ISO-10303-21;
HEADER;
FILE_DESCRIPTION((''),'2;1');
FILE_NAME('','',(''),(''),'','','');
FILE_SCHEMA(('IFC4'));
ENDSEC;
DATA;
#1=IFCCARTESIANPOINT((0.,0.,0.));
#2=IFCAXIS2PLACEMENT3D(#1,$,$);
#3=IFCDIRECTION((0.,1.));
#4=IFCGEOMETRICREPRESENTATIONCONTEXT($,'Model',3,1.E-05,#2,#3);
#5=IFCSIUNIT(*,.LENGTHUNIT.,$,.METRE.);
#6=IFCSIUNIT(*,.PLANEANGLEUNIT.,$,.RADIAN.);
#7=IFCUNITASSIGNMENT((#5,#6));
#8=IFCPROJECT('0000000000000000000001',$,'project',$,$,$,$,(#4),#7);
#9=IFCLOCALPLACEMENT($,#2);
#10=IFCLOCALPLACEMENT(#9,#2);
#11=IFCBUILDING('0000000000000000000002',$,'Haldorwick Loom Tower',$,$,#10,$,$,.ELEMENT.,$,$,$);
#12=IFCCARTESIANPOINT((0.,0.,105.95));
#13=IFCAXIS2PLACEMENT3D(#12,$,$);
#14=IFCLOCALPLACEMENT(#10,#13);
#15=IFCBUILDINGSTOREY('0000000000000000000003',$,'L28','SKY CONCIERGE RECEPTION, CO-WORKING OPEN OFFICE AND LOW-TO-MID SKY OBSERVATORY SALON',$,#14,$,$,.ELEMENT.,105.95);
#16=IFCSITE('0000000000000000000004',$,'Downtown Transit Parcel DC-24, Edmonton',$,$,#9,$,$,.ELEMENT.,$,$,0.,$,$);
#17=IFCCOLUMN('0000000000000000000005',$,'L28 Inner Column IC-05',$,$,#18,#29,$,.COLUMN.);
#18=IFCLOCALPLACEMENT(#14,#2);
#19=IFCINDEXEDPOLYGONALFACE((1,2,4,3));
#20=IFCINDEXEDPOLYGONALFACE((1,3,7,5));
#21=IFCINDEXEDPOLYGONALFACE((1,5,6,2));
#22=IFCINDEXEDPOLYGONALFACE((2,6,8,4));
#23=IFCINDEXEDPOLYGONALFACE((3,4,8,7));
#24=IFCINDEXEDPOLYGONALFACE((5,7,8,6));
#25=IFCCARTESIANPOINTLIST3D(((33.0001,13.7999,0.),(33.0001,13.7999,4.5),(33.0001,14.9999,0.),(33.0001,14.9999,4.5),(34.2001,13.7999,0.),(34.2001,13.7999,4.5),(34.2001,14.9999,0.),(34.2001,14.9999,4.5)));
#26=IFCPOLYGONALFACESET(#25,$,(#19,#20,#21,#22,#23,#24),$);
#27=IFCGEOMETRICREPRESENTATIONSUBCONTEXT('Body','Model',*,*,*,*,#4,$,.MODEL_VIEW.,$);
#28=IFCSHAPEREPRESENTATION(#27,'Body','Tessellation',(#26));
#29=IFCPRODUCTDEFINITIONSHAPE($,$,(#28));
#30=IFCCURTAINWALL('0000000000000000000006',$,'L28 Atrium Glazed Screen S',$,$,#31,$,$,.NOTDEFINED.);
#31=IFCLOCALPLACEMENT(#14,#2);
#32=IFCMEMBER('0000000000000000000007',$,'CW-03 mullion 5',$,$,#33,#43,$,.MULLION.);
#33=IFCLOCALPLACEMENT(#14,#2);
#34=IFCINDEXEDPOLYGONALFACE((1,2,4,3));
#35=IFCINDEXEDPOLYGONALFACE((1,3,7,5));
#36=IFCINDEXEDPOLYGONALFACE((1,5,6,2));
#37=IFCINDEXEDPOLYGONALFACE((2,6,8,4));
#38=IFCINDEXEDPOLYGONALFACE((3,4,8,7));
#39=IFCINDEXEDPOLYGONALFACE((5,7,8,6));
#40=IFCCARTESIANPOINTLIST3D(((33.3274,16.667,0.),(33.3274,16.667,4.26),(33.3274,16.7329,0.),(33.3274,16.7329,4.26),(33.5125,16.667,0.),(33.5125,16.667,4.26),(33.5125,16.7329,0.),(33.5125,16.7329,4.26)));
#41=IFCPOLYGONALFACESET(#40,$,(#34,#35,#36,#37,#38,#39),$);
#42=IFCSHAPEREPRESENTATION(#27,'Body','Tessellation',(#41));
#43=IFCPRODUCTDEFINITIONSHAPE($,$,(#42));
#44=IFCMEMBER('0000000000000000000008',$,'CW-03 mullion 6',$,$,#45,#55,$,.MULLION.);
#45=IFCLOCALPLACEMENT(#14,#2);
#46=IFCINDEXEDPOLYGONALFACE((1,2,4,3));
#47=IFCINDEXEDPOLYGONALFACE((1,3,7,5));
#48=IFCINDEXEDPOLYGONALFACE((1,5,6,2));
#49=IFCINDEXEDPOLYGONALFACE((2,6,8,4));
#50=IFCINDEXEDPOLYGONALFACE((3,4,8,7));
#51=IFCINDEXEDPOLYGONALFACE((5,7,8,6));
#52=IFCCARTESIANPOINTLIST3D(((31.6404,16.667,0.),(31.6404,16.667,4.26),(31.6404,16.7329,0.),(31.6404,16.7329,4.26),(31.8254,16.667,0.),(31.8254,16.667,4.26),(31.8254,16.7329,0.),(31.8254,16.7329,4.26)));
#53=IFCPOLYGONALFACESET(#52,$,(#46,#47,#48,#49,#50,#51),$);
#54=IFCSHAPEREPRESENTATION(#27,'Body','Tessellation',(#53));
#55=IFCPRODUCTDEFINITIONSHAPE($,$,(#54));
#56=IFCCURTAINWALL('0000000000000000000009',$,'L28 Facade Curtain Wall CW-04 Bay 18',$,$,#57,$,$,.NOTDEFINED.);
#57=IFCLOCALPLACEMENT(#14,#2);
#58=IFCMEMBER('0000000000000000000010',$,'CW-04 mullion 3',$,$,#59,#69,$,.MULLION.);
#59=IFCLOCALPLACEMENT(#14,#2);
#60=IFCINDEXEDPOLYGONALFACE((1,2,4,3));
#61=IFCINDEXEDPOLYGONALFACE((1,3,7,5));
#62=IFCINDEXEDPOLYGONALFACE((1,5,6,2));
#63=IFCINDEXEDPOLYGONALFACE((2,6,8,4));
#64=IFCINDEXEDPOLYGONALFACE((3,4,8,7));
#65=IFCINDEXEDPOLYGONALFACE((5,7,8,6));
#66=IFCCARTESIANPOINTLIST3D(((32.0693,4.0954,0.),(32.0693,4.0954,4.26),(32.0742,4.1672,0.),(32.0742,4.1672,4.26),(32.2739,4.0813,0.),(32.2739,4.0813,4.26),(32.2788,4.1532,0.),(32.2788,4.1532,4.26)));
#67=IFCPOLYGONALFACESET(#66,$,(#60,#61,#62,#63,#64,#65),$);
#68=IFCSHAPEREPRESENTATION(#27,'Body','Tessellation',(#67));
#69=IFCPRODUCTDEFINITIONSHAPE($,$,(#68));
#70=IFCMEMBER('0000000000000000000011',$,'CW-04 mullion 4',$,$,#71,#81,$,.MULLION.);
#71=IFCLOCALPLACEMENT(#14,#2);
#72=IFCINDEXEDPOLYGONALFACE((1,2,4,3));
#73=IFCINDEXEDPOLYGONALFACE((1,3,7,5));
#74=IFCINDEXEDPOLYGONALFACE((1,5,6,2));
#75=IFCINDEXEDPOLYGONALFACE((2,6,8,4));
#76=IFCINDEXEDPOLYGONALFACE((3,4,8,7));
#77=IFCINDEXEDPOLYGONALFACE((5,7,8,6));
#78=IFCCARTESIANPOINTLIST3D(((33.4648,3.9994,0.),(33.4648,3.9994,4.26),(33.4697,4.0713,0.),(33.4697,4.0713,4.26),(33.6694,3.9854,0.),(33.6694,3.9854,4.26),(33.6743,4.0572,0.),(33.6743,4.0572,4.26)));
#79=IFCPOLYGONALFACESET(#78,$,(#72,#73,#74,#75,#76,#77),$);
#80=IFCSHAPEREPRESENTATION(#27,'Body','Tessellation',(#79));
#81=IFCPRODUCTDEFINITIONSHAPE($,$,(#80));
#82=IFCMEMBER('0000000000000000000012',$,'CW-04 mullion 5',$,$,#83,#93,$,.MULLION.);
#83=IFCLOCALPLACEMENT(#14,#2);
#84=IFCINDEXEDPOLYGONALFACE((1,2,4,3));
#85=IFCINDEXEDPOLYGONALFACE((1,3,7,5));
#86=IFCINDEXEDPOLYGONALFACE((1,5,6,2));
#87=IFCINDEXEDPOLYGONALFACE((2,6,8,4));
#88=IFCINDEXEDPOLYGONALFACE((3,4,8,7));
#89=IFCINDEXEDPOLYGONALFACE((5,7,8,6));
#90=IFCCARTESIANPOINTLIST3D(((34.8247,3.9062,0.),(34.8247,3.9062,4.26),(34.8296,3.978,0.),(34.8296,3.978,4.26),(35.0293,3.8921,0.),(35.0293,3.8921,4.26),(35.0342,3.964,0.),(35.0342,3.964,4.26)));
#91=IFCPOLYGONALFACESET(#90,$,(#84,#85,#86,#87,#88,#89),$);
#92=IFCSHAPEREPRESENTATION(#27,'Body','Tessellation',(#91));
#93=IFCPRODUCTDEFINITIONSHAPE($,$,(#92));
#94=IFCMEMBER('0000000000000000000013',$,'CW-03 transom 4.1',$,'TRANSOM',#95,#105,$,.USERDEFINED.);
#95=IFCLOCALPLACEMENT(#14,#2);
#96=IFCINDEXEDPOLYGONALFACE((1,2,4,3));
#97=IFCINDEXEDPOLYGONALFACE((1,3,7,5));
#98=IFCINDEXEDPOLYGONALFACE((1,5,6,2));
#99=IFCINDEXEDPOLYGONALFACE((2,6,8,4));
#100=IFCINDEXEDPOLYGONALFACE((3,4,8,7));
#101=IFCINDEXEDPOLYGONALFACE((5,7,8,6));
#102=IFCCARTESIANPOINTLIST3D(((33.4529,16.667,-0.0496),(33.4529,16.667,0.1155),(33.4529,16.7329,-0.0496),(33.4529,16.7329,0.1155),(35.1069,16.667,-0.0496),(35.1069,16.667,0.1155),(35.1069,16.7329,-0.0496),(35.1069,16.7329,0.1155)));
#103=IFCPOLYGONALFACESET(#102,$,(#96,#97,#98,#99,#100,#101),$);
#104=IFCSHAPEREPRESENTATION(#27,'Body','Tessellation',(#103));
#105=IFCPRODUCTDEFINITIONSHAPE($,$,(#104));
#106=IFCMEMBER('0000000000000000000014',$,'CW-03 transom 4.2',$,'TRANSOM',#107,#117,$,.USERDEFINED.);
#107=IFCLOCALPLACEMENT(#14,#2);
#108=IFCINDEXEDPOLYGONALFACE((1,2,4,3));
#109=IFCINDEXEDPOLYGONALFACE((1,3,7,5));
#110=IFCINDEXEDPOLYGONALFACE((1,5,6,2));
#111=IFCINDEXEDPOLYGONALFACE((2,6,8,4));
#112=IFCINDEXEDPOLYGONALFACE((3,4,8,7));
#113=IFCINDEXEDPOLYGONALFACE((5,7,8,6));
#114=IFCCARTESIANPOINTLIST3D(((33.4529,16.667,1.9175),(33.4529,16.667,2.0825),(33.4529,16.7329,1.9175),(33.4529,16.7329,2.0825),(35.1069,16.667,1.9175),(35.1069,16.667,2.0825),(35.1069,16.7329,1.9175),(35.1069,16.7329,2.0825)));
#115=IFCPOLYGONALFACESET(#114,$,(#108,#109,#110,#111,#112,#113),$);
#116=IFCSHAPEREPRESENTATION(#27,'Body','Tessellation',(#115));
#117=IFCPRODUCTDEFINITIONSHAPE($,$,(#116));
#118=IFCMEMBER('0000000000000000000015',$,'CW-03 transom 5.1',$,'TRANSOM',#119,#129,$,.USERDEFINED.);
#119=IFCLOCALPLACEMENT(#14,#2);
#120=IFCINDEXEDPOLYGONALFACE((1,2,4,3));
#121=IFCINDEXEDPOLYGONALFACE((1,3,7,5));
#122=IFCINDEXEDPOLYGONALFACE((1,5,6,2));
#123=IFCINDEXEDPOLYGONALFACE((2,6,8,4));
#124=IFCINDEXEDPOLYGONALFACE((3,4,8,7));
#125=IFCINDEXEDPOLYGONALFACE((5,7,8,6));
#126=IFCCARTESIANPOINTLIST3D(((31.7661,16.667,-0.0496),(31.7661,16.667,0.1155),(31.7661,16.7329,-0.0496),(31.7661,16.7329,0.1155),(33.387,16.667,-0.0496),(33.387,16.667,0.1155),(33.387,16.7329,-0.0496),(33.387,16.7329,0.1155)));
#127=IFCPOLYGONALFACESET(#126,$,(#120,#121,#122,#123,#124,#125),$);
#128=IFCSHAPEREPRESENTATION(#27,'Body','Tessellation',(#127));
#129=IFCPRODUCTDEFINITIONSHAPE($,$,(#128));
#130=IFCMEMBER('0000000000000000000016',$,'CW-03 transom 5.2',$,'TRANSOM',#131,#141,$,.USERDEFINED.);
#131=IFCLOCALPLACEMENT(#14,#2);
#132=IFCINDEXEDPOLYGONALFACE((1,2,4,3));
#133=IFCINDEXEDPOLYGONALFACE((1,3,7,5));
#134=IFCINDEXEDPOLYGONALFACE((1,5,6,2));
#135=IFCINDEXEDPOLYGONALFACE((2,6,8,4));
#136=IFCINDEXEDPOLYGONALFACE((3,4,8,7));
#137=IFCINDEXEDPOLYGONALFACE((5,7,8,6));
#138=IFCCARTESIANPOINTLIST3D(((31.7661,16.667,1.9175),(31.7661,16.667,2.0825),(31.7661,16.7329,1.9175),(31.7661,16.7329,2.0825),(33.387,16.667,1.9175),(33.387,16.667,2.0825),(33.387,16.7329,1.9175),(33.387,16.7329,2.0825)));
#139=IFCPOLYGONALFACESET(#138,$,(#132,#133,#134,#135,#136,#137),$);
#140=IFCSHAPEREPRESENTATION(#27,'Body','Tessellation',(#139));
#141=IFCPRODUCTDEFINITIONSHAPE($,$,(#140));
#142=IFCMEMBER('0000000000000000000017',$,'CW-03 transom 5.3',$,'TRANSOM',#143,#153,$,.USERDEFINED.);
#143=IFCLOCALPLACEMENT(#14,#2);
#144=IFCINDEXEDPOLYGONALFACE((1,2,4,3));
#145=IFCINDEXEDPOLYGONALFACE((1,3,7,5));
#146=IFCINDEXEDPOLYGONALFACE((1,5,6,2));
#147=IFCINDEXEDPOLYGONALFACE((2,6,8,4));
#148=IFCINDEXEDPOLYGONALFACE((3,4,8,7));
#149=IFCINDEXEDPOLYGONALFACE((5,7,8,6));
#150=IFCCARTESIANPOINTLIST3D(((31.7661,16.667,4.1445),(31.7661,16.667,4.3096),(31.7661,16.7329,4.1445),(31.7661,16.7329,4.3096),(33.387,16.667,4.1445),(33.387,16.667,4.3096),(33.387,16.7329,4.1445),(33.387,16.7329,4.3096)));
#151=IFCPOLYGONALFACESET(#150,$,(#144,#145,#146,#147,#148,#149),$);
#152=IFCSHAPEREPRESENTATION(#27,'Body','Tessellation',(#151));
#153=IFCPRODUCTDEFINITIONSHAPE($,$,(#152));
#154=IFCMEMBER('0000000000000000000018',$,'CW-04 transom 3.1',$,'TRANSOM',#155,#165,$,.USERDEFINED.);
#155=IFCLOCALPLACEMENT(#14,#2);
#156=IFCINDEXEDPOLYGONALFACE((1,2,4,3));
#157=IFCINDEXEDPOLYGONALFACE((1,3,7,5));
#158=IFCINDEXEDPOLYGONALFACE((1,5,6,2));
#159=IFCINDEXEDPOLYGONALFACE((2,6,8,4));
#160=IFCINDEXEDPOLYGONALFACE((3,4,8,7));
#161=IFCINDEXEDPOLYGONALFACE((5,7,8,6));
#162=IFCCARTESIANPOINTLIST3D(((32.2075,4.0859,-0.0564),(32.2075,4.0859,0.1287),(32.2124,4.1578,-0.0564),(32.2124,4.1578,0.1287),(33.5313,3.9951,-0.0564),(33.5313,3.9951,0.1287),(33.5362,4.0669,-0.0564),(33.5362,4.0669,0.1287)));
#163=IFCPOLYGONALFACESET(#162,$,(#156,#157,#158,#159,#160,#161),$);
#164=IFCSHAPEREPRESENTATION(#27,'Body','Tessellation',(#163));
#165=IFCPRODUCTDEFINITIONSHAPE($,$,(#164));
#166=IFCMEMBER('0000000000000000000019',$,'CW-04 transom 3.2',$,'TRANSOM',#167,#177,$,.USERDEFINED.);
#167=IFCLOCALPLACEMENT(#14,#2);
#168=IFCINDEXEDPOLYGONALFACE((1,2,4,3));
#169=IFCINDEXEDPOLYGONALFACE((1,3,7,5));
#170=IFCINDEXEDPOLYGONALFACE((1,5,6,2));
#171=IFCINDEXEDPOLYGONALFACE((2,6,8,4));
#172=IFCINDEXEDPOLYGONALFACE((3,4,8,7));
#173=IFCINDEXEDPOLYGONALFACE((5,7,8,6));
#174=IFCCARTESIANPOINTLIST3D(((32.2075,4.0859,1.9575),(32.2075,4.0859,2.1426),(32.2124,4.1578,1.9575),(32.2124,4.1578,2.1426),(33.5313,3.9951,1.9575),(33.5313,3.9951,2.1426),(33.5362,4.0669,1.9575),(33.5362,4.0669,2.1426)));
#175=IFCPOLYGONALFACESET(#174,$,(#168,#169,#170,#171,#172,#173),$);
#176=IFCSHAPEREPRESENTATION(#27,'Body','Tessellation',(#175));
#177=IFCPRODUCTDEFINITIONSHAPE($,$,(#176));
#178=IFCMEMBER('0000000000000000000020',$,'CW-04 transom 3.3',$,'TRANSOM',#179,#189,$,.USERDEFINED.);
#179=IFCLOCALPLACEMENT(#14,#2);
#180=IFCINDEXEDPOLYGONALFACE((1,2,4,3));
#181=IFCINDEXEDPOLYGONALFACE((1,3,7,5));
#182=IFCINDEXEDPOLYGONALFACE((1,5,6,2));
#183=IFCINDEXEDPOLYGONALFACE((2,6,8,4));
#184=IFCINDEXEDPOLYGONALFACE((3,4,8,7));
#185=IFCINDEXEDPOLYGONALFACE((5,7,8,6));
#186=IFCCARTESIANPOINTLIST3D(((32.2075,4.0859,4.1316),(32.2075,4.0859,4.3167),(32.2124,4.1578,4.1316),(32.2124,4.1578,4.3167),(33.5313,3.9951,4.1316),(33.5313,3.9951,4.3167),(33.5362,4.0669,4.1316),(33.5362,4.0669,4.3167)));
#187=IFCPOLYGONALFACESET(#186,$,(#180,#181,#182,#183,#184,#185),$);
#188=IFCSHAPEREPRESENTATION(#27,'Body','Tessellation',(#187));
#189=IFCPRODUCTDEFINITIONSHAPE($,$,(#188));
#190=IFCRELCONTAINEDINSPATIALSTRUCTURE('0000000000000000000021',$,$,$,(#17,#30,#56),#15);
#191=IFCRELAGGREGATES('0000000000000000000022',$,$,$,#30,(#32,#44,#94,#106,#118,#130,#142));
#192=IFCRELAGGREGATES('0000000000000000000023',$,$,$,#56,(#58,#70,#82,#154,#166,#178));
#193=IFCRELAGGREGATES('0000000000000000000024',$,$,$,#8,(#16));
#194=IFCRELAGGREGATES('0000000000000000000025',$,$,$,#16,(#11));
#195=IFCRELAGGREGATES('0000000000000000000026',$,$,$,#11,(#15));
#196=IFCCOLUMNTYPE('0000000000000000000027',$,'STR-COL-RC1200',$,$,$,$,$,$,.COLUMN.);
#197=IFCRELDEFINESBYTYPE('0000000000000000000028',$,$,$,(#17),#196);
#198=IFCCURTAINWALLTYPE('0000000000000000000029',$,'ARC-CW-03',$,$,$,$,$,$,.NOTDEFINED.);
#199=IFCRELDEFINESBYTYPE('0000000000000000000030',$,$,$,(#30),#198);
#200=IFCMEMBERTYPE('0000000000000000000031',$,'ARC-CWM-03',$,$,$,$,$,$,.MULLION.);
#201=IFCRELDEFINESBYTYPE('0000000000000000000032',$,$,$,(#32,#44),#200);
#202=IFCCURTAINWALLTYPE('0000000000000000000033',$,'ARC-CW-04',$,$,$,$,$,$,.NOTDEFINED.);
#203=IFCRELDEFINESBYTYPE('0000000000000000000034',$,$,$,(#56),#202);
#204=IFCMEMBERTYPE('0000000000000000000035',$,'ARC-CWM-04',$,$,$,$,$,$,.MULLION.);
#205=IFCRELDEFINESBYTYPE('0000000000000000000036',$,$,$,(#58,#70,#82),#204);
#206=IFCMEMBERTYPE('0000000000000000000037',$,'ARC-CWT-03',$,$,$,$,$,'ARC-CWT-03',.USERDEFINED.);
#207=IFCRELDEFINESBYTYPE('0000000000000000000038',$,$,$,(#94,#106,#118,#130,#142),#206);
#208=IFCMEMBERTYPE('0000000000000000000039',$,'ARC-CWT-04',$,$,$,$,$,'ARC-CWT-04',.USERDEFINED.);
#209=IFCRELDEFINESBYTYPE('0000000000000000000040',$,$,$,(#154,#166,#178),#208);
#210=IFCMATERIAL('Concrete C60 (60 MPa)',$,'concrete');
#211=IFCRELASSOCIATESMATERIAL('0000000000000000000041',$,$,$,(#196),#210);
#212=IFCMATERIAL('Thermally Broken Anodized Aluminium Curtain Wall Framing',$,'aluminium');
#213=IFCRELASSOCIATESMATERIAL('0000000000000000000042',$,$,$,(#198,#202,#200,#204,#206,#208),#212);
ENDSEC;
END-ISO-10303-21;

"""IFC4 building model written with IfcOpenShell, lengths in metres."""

from ifc_helpers import new_model, si_unit, direction, frame, origin, origin_2d, place, context, subcontext, project, spatial, rectangle, extrude, material, material_profile, profile_set, type_object, element, aggregate, save


model = new_model("IFC4")

# Units and contexts
model_context = context("Model", 3, precision=1e-05, world=origin(), true_north=direction((0.0, 1.0)))
body_context = subcontext(model_context, "Body", "Model", "MODEL_VIEW")
ifc_project = project(units=[si_unit("LENGTHUNIT", "METRE"), si_unit("PLANEANGLEUNIT", "RADIAN")], contexts=[model_context])

# Site, building, storey
site_placement = place(None, origin())
site = spatial("IfcSite", under=ifc_project, at=site_placement, Name="Downtown Transit Parcel DC-24, Edmonton", CompositionType="ELEMENT", RefElevation=0.0)
building_placement = place(site_placement, origin())
building = spatial("IfcBuilding", under=site, at=building_placement, Name="Haldorwick Loom Tower", CompositionType="ELEMENT")
storey_placement = place(building_placement, frame((0.0, 0.0, 105.95)))
storey = spatial("IfcBuildingStorey", under=building, at=storey_placement, Name="L28", Description="SKY CONCIERGE RECEPTION, CO-WORKING OPEN OFFICE AND LOW-TO-MID SKY OBSERVATORY SALON", CompositionType="ELEMENT", Elevation=105.95)

# Column
ifc_material_1 = material(Name="Concrete C60 (60 MPa)", Category="concrete")
ifc_material_profile_1 = material_profile(ifc_material_1, rectangle(XDim=1.2, YDim=1.2, at=origin_2d()), Name="RC1200X1200", Category="concrete")
ifc_profile_set_1 = profile_set([ifc_material_profile_1], Name="Concrete C60 (60 MPa)")
column_type = type_object("IfcColumnType", Name="STR-COL-RC1200", PredefinedType="COLUMN", material=ifc_profile_set_1)
column_placement = place(storey_placement, frame((33.6001, 14.3999, 0.0), z_axis=(0.0, 0.0, 1.0), x_axis=(1.0, 0.0, 0.0)))
element("IfcColumn", 1, at=column_placement, inside=storey, type_object=column_type, Name="L28 Inner Column IC-05", PredefinedType="COLUMN", context=body_context, shape_type="SweptSolid", body=[
    extrude(rectangle(XDim=1.2, YDim=1.2, at=origin_2d()), origin(), (0.0, 0.0, 1.0), 4.5),
])

# Curtain walls, members
ifc_material_2 = material(Name="Thermally Broken Anodized Aluminium Curtain Wall Framing", Category="aluminium")
curtain_wall_type_1 = type_object("IfcCurtainWallType", Name="ARC-CW-03", PredefinedType="NOTDEFINED", material=ifc_material_2)
curtain_wall_1_placement = place(storey_placement, origin())
curtain_wall_1 = element("IfcCurtainWall", 2, at=curtain_wall_1_placement, inside=storey, type_object=curtain_wall_type_1, Name="L28 Atrium Glazed Screen S", PredefinedType="NOTDEFINED")
ifc_material_profile_2 = material_profile(ifc_material_2, rectangle(XDim=0.0659, YDim=0.1851, at=origin_2d()), Name="ALU_MUL_66X185", Category="aluminium")
ifc_profile_set_2 = profile_set([ifc_material_profile_2], Name="Thermally Broken Anodized Aluminium Curtain Wall Framing")
member_type_1 = type_object("IfcMemberType", Name="ARC-CWM-03", PredefinedType="MULLION", material=ifc_profile_set_2)
member_1_placement = place(storey_placement, frame((33.4199, 16.7, 0.0), z_axis=(0.0, 0.0, 1.0), x_axis=(0.0, -1.0, 0.0)))
member_1 = element("IfcMember", 3, at=member_1_placement, type_object=member_type_1, Name="CW-03 mullion 5", PredefinedType="MULLION", context=body_context, shape_type="SweptSolid", body=[
    extrude(rectangle(XDim=0.0659, YDim=0.1851, at=origin_2d()), origin(), (0.0, 0.0, 1.0), 4.26),
])
member_2_placement = place(storey_placement, frame((31.7329, 16.7, 0.0), z_axis=(0.0, 0.0, 1.0), x_axis=(0.0, -1.0, 0.0)))
member_2 = element("IfcMember", 4, at=member_2_placement, type_object=member_type_1, Name="CW-03 mullion 6", PredefinedType="MULLION", context=body_context, shape_type="SweptSolid", body=[
    extrude(rectangle(XDim=0.0659, YDim=0.1851, at=origin_2d()), origin(), (0.0, 0.0, 1.0), 4.26),
])
curtain_wall_type_2 = type_object("IfcCurtainWallType", Name="ARC-CW-04", PredefinedType="NOTDEFINED", material=ifc_material_2)
curtain_wall_2_placement = place(storey_placement, origin())
curtain_wall_2 = element("IfcCurtainWall", 5, at=curtain_wall_2_placement, inside=storey, type_object=curtain_wall_type_2, Name="L28 Facade Curtain Wall CW-04 Bay 18", PredefinedType="NOTDEFINED")
ifc_material_profile_3 = material_profile(ifc_material_2, rectangle(XDim=0.072, YDim=0.2051, at=origin_2d()), Name="ALU_MUL_72X205", Category="aluminium")
ifc_profile_set_3 = profile_set([ifc_material_profile_3], Name="Thermally Broken Anodized Aluminium Curtain Wall Framing")
member_type_2 = type_object("IfcMemberType", Name="ARC-CWM-04", PredefinedType="MULLION", material=ifc_profile_set_3)
member_3_placement = place(storey_placement, frame((32.1741, 4.1243, 0.0), z_axis=(0.0, 0.0, 1.0), x_axis=(0.068496, 0.997651, 0.0)))
member_3 = element("IfcMember", 6, at=member_3_placement, type_object=member_type_2, Name="CW-04 mullion 3", PredefinedType="MULLION", context=body_context, shape_type="SweptSolid", body=[
    extrude(rectangle(XDim=0.072, YDim=0.2051, at=origin_2d()), origin(), (0.0, 0.0, 1.0), 4.26),
])
member_4_placement = place(storey_placement, frame((33.5696, 4.0283, 0.0), z_axis=(0.0, 0.0, 1.0), x_axis=(0.068496, 0.997651, 0.0)))
member_4 = element("IfcMember", 7, at=member_4_placement, type_object=member_type_2, Name="CW-04 mullion 4", PredefinedType="MULLION", context=body_context, shape_type="SweptSolid", body=[
    extrude(rectangle(XDim=0.072, YDim=0.2051, at=origin_2d()), origin(), (0.0, 0.0, 1.0), 4.26),
])
member_5_placement = place(storey_placement, frame((34.9294, 3.9351, 0.0), z_axis=(0.0, 0.0, 1.0), x_axis=(0.068496, 0.997651, 0.0)))
member_5 = element("IfcMember", 8, at=member_5_placement, type_object=member_type_2, Name="CW-04 mullion 5", PredefinedType="MULLION", context=body_context, shape_type="SweptSolid", body=[
    extrude(rectangle(XDim=0.072, YDim=0.2051, at=origin_2d()), origin(), (0.0, 0.0, 1.0), 4.26),
])

# Members
ifc_material_profile_4 = material_profile(ifc_material_2, rectangle(XDim=0.0659, YDim=0.165, at=origin_2d()), Name="ALU_TRN_66X165", Category="aluminium")
ifc_profile_set_4 = profile_set([ifc_material_profile_4], Name="Thermally Broken Anodized Aluminium Curtain Wall Framing")
member_type_3 = type_object("IfcMemberType", Name="ARC-CWT-03", ElementType="ARC-CWT-03", PredefinedType="USERDEFINED", material=ifc_profile_set_4)
member_6_placement = place(storey_placement, frame((35.1069, 16.7, 0.033), z_axis=(-1.0, 0.0, 0.0), x_axis=(0.0, -1.0, 0.0)))
member_6 = element("IfcMember", 9, at=member_6_placement, type_object=member_type_3, Name="CW-03 transom 4.1", ObjectType="TRANSOM", PredefinedType="USERDEFINED", context=body_context, shape_type="SweptSolid", body=[
    extrude(rectangle(XDim=0.0659, YDim=0.165, at=origin_2d()), origin(), (0.0, 0.0, 1.0), 1.6541),
])
member_7_placement = place(storey_placement, frame((35.1069, 16.7, 2.0), z_axis=(-1.0, 0.0, 0.0), x_axis=(0.0, -1.0, 0.0)))
member_7 = element("IfcMember", 10, at=member_7_placement, type_object=member_type_3, Name="CW-03 transom 4.2", ObjectType="TRANSOM", PredefinedType="USERDEFINED", context=body_context, shape_type="SweptSolid", body=[
    extrude(rectangle(XDim=0.0659, YDim=0.165, at=origin_2d()), origin(), (0.0, 0.0, 1.0), 1.6541),
])
member_8_placement = place(storey_placement, frame((33.387, 16.7, 0.033), z_axis=(-1.0, 0.0, 0.0), x_axis=(0.0, -1.0, 0.0)))
member_8 = element("IfcMember", 11, at=member_8_placement, type_object=member_type_3, Name="CW-03 transom 5.1", ObjectType="TRANSOM", PredefinedType="USERDEFINED", context=body_context, shape_type="SweptSolid", body=[
    extrude(rectangle(XDim=0.0659, YDim=0.165, at=origin_2d()), origin(), (0.0, 0.0, 1.0), 1.6208),
])
member_9_placement = place(storey_placement, frame((33.387, 16.7, 2.0), z_axis=(-1.0, 0.0, 0.0), x_axis=(0.0, -1.0, 0.0)))
member_9 = element("IfcMember", 12, at=member_9_placement, type_object=member_type_3, Name="CW-03 transom 5.2", ObjectType="TRANSOM", PredefinedType="USERDEFINED", context=body_context, shape_type="SweptSolid", body=[
    extrude(rectangle(XDim=0.0659, YDim=0.165, at=origin_2d()), origin(), (0.0, 0.0, 1.0), 1.6208),
])
member_10_placement = place(storey_placement, frame((33.387, 16.7, 4.2271), z_axis=(-1.0, 0.0, 0.0), x_axis=(0.0, -1.0, 0.0)))
member_10 = element("IfcMember", 13, at=member_10_placement, type_object=member_type_3, Name="CW-03 transom 5.3", ObjectType="TRANSOM", PredefinedType="USERDEFINED", context=body_context, shape_type="SweptSolid", body=[
    extrude(rectangle(XDim=0.0659, YDim=0.165, at=origin_2d()), origin(), (0.0, 0.0, 1.0), 1.6208),
])
ifc_material_profile_5 = material_profile(ifc_material_2, rectangle(XDim=0.072, YDim=0.1851, at=origin_2d()), Name="ALU_TRN_72X185", Category="aluminium")
ifc_profile_set_5 = profile_set([ifc_material_profile_5], Name="Thermally Broken Anodized Aluminium Curtain Wall Framing")
member_type_4 = type_object("IfcMemberType", Name="ARC-CWT-04", ElementType="ARC-CWT-04", PredefinedType="USERDEFINED", material=ifc_profile_set_5)
member_11_placement = place(storey_placement, frame((32.21, 4.1218, 0.0361), z_axis=(0.997655, -0.068448, 0.0), x_axis=(0.068448, 0.997655, 0.0)))
member_11 = element("IfcMember", 14, at=member_11_placement, type_object=member_type_4, Name="CW-04 transom 3.1", ObjectType="TRANSOM", PredefinedType="USERDEFINED", context=body_context, shape_type="SweptSolid", body=[
    extrude(rectangle(XDim=0.072, YDim=0.1851, at=origin_2d()), origin(), (0.0, 0.0, 1.0), 1.3269),
])
member_12_placement = place(storey_placement, frame((32.21, 4.1218, 2.05), z_axis=(0.997655, -0.068448, 0.0), x_axis=(0.068448, 0.997655, 0.0)))
member_12 = element("IfcMember", 15, at=member_12_placement, type_object=member_type_4, Name="CW-04 transom 3.2", ObjectType="TRANSOM", PredefinedType="USERDEFINED", context=body_context, shape_type="SweptSolid", body=[
    extrude(rectangle(XDim=0.072, YDim=0.1851, at=origin_2d()), origin(), (0.0, 0.0, 1.0), 1.3269),
])
member_13_placement = place(storey_placement, frame((32.21, 4.1218, 4.2241), z_axis=(0.997655, -0.068448, 0.0), x_axis=(0.068448, 0.997655, 0.0)))
member_13 = element("IfcMember", 16, at=member_13_placement, type_object=member_type_4, Name="CW-04 transom 3.3", ObjectType="TRANSOM", PredefinedType="USERDEFINED", context=body_context, shape_type="SweptSolid", body=[
    extrude(rectangle(XDim=0.072, YDim=0.1851, at=origin_2d()), origin(), (0.0, 0.0, 1.0), 1.3269),
])

aggregate(curtain_wall_1, [member_1, member_2, member_6, member_7, member_8, member_9, member_10])
aggregate(curtain_wall_2, [member_3, member_4, member_5, member_11, member_12, member_13])

save(model, "model.ifc")
